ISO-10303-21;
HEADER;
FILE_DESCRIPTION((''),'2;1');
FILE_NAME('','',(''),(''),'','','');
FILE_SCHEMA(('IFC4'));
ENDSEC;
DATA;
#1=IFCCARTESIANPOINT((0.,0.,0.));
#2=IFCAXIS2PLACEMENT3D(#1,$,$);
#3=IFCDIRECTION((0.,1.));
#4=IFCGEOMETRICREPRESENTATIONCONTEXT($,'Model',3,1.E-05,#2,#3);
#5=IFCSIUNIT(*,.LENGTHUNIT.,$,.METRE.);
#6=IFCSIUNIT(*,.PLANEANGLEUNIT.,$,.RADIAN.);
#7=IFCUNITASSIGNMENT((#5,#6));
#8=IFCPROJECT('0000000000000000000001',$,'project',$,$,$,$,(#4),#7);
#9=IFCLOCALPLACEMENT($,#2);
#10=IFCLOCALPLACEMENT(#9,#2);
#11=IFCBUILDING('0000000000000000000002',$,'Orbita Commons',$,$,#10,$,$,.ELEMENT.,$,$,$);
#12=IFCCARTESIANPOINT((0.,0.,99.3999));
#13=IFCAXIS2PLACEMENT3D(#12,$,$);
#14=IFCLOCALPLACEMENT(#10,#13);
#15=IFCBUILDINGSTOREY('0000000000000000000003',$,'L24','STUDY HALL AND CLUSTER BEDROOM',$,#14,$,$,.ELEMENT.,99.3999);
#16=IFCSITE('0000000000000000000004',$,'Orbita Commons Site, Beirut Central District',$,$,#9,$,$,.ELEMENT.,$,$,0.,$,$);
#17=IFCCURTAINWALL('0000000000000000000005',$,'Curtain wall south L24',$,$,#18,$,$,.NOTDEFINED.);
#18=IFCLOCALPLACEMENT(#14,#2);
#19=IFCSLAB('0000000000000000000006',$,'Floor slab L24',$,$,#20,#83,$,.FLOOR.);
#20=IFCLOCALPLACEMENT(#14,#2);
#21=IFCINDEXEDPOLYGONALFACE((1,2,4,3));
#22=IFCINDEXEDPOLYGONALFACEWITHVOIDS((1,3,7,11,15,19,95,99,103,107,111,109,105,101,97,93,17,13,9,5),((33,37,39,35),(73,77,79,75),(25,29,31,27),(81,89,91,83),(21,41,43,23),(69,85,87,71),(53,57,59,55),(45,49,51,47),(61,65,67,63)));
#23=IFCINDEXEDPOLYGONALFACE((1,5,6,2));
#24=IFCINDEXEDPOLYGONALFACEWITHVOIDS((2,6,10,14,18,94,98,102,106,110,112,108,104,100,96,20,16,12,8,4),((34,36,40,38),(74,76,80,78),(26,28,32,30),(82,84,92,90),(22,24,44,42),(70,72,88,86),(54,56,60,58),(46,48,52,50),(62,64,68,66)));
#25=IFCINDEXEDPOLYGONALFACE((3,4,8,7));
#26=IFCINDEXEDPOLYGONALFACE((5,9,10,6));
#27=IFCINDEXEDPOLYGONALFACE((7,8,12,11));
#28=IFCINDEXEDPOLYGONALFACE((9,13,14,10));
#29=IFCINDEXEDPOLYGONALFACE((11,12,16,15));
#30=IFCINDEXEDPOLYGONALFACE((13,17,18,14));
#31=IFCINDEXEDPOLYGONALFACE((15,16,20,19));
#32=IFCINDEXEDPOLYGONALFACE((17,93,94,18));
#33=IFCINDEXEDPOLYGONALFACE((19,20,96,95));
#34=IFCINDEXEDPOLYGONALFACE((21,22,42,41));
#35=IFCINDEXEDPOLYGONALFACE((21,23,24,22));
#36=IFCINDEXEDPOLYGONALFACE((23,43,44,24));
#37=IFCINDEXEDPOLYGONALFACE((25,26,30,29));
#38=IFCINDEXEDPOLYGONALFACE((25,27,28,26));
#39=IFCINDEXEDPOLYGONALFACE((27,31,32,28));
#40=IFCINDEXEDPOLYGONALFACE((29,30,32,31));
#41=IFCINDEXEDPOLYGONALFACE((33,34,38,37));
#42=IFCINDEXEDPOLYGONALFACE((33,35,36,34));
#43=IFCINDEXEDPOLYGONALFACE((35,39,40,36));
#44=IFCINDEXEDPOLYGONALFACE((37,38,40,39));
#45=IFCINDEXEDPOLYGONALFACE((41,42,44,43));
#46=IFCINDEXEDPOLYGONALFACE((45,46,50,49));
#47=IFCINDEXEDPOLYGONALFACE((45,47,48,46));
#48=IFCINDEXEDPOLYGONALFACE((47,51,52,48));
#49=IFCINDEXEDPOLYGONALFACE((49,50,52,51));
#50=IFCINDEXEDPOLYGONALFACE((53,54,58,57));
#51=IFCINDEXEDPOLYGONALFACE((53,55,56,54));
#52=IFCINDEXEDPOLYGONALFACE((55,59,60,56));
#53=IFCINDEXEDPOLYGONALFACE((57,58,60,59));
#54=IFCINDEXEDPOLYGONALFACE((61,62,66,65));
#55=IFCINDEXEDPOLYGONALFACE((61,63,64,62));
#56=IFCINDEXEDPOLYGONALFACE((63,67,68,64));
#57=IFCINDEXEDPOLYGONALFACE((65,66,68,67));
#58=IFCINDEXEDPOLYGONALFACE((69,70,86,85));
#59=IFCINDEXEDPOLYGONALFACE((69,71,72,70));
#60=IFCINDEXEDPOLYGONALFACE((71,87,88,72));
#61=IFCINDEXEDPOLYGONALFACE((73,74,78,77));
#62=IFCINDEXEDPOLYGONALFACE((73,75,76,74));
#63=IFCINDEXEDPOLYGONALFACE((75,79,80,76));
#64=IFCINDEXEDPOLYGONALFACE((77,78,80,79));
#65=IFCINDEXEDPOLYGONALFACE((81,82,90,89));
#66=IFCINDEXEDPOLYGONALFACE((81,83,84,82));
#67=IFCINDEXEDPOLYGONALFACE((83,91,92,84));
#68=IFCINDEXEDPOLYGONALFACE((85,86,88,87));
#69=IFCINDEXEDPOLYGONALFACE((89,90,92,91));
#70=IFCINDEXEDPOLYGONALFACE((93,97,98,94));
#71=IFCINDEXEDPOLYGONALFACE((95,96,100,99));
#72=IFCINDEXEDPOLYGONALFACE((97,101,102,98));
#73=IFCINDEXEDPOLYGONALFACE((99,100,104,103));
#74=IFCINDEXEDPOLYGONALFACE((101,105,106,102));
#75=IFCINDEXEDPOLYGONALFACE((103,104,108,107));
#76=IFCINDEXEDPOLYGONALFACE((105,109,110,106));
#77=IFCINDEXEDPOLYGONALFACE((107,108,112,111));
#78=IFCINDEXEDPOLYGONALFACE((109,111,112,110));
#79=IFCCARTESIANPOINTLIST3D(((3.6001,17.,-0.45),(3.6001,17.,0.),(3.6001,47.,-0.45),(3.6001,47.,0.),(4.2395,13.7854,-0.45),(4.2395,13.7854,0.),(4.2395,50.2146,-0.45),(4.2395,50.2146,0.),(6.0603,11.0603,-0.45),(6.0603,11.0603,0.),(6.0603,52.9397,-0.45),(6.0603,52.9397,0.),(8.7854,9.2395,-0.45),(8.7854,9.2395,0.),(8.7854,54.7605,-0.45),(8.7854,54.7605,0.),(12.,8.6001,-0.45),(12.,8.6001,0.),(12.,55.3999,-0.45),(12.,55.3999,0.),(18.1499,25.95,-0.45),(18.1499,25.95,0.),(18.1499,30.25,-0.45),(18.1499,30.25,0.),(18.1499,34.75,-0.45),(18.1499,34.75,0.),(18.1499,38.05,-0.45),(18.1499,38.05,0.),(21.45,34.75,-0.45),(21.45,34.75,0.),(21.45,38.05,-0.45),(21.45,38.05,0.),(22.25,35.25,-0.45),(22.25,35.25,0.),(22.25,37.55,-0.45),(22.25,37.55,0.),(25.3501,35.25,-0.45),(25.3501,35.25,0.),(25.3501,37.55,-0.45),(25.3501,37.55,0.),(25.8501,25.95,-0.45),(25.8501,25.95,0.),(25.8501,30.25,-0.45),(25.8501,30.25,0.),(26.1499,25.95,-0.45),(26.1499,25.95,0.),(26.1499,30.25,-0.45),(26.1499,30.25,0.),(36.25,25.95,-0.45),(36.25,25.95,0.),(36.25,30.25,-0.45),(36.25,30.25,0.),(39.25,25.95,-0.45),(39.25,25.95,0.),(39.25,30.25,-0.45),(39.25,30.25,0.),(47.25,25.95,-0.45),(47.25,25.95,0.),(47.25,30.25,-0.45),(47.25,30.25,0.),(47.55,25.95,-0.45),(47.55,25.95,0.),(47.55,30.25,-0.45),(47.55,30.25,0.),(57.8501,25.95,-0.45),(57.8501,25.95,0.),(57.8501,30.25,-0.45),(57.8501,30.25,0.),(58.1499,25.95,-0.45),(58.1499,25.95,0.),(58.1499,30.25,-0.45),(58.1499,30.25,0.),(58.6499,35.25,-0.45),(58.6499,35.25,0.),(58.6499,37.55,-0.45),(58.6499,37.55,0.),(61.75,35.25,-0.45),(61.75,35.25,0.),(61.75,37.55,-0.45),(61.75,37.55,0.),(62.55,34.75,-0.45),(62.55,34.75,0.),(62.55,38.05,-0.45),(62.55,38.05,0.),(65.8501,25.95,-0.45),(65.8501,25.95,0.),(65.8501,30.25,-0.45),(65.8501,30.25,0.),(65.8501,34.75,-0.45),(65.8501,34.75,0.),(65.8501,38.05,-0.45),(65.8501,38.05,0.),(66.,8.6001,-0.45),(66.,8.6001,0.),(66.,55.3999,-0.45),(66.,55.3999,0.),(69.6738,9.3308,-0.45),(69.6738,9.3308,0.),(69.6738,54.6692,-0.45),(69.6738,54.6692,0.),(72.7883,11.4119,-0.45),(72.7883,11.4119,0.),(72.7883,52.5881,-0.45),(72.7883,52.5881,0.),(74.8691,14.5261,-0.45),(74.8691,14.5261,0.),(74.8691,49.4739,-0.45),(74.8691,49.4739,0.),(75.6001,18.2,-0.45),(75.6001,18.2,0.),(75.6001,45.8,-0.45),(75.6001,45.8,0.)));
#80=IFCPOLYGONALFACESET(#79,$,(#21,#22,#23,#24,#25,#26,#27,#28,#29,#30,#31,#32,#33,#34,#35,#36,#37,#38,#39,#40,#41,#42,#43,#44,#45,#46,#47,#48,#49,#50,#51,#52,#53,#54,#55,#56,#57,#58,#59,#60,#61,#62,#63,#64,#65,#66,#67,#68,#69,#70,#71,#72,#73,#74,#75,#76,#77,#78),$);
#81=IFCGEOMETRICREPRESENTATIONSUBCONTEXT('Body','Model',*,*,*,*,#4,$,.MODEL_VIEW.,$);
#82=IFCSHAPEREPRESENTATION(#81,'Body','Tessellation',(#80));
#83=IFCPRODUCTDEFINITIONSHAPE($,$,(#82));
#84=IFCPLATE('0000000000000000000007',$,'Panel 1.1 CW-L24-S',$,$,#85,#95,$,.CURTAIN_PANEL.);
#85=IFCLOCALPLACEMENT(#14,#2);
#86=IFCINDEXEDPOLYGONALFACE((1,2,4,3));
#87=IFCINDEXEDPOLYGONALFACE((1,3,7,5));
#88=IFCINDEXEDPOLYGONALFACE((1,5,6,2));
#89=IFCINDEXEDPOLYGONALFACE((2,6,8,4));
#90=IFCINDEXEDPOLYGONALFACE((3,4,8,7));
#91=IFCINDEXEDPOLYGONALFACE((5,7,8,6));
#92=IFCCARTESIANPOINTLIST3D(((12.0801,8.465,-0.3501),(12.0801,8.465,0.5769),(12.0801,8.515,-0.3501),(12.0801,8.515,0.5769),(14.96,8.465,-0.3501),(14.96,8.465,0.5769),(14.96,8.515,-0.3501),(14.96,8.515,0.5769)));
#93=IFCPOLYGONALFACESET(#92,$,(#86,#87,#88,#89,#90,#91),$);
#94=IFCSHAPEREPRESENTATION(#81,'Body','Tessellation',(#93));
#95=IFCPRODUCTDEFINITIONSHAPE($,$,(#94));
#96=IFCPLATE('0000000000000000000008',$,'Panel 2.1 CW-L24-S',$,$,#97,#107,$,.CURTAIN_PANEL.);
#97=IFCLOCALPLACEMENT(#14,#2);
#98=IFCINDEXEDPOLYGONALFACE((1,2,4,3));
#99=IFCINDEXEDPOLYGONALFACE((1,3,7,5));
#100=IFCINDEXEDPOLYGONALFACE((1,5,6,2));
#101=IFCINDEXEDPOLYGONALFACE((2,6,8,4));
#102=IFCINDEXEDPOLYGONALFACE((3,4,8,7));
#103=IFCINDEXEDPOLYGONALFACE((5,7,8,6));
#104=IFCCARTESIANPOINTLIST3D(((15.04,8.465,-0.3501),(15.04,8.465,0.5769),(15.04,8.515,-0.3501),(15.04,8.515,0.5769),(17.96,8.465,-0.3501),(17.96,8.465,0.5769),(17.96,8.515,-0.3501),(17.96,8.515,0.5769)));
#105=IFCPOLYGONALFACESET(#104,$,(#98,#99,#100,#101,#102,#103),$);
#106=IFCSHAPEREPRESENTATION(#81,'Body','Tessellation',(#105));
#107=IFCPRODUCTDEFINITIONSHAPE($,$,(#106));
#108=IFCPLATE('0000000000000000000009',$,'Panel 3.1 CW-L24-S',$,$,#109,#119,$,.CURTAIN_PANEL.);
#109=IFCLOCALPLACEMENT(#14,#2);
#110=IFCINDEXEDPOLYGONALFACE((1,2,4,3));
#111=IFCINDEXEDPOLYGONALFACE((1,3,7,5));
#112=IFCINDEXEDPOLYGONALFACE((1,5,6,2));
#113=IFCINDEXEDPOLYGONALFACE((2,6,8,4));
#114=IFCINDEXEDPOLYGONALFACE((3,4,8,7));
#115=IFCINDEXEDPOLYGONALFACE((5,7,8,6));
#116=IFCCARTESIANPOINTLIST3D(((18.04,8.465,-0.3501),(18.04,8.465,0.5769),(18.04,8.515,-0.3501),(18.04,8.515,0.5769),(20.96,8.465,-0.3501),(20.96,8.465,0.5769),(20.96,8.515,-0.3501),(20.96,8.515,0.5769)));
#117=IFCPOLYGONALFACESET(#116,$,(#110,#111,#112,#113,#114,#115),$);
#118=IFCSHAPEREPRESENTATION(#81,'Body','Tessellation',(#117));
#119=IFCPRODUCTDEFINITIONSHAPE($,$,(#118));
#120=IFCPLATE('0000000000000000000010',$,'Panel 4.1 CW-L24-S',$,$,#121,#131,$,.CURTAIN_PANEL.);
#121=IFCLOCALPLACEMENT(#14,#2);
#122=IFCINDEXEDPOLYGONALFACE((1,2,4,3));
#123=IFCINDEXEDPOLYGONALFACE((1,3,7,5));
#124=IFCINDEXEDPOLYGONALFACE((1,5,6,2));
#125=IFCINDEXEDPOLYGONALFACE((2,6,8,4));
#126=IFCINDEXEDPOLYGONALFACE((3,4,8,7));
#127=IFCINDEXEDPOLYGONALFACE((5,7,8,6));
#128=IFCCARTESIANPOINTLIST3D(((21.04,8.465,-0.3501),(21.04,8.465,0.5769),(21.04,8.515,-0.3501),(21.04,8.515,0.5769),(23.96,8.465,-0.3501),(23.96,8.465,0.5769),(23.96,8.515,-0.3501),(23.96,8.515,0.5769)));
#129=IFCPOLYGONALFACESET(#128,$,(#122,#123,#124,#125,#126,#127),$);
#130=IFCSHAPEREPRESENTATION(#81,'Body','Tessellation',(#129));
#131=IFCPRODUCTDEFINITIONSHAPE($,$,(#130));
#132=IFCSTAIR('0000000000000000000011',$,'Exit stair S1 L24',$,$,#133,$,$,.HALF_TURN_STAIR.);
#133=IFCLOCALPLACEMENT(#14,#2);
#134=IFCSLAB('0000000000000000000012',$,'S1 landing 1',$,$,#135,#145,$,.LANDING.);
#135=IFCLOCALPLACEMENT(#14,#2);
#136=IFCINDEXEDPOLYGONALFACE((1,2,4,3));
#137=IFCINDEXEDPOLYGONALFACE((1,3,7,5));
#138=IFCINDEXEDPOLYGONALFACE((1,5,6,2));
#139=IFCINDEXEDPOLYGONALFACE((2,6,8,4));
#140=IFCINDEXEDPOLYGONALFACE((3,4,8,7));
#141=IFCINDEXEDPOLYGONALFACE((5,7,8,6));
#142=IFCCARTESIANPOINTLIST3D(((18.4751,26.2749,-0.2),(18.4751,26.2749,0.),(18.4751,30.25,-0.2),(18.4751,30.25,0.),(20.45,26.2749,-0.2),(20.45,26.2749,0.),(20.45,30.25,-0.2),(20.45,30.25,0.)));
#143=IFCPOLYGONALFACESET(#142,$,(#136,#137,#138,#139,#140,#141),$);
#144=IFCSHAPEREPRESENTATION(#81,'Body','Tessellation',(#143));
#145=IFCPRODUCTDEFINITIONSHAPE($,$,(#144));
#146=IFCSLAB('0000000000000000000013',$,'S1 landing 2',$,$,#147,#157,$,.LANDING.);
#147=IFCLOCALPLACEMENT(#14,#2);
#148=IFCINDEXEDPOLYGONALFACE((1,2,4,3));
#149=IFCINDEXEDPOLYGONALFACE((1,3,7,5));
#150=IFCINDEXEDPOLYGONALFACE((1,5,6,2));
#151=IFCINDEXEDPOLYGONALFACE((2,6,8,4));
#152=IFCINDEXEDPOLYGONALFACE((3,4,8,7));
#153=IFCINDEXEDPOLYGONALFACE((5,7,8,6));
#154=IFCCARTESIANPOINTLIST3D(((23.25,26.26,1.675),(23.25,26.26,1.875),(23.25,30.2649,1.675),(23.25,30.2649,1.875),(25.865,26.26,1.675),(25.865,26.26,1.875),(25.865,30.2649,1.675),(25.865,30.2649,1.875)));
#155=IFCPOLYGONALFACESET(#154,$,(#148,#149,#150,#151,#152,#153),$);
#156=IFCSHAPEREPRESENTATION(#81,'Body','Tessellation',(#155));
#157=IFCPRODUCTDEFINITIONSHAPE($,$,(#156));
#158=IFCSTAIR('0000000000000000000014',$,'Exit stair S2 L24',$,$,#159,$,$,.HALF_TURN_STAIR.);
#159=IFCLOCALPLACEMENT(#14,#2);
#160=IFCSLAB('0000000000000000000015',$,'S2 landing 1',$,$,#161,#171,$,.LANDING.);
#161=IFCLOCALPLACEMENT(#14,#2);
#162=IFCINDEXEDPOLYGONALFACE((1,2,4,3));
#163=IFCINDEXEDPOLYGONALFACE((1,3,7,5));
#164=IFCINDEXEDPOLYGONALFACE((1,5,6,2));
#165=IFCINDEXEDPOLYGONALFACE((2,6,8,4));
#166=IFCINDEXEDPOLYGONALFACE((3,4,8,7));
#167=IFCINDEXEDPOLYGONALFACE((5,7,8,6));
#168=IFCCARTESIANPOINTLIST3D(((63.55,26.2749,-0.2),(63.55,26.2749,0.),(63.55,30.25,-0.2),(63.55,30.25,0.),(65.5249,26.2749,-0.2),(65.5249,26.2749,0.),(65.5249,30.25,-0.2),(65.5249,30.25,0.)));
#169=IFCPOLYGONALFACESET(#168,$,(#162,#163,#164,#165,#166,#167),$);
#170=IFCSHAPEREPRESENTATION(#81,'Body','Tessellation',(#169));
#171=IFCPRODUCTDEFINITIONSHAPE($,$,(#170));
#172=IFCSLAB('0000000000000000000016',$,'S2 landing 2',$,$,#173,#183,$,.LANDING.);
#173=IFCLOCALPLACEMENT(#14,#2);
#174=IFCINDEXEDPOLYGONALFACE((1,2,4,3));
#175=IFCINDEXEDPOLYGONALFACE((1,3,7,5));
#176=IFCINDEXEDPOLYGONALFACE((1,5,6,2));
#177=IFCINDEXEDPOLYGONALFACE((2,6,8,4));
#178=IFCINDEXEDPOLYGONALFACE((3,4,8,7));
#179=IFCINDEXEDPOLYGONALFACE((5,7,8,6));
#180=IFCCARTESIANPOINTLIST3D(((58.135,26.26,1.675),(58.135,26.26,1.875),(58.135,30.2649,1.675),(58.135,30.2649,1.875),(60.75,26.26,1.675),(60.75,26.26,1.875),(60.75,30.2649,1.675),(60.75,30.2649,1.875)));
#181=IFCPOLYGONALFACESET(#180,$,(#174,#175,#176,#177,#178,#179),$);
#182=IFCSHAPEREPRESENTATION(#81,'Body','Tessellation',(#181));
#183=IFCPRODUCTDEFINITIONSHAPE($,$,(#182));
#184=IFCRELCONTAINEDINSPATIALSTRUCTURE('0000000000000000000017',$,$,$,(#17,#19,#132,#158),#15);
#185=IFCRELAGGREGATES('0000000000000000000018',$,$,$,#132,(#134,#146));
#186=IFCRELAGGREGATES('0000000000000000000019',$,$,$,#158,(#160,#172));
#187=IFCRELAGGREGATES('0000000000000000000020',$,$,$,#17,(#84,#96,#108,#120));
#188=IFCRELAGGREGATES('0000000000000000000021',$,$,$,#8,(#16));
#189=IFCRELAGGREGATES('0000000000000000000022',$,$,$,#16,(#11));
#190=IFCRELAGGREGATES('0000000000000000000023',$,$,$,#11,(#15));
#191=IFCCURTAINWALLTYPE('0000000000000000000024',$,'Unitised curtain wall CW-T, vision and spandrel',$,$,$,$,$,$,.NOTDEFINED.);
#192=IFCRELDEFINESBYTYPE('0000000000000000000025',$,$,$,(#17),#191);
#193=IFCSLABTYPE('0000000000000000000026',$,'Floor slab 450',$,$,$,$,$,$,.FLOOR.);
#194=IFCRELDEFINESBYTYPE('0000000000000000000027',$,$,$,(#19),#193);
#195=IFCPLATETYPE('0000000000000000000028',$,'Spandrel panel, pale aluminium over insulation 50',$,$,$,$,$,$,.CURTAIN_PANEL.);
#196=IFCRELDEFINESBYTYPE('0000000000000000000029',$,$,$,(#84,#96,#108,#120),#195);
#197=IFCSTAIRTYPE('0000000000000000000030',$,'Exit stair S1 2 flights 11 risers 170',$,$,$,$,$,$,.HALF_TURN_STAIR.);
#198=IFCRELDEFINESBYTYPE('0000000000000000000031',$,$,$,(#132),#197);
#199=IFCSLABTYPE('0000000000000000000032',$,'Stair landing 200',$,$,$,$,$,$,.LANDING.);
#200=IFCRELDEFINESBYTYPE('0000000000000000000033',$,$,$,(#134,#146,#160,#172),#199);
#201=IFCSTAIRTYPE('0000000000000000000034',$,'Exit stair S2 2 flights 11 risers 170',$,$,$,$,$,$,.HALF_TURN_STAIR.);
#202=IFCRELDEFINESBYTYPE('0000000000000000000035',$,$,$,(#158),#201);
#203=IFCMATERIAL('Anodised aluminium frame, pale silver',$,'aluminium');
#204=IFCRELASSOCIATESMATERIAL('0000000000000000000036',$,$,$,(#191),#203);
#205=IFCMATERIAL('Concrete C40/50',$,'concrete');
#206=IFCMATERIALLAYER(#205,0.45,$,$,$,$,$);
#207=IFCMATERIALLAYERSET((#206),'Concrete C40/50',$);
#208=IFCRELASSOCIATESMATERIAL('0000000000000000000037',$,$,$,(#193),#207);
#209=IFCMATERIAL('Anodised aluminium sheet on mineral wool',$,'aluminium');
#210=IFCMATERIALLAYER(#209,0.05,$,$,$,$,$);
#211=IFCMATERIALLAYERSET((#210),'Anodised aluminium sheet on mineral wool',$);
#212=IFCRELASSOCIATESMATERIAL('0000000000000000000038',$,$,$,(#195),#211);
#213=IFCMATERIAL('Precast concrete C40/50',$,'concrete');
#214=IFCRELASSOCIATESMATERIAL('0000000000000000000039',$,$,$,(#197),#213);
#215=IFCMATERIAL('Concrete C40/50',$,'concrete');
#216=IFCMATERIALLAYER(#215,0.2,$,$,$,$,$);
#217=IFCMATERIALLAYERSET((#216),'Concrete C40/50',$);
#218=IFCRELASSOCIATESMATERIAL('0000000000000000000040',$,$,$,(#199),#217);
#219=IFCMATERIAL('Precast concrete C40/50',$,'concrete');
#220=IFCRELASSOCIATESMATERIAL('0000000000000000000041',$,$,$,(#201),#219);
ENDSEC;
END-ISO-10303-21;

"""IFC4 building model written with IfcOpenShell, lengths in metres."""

from ifc_helpers import new_model, si_unit, direction, frame, origin, origin_2d, place, context, subcontext, project, spatial, polyline, rectangle, outline, extrude, material, layer, layer_set, type_object, element, aggregate, save


model = new_model("IFC4")

# Units and contexts
model_context = context("Model", 3, precision=1e-05, world=origin(), true_north=direction((0.0, 1.0)))
body_context = subcontext(model_context, "Body", "Model", "MODEL_VIEW")
ifc_project = project(units=[si_unit("LENGTHUNIT", "METRE"), si_unit("PLANEANGLEUNIT", "RADIAN")], contexts=[model_context])

# Site, building, storey
site_placement = place(None, origin())
site = spatial("IfcSite", under=ifc_project, at=site_placement, Name="Orbita Commons Site, Beirut Central District", CompositionType="ELEMENT", RefElevation=0.0)
building_placement = place(site_placement, origin())
building = spatial("IfcBuilding", under=site, at=building_placement, Name="Orbita Commons", CompositionType="ELEMENT")
storey_placement = place(building_placement, frame((0.0, 0.0, 99.3999)))
storey = spatial("IfcBuildingStorey", under=building, at=storey_placement, Name="L24", Description="STUDY HALL AND CLUSTER BEDROOM", CompositionType="ELEMENT", Elevation=99.3999)

# Curtain wall
ifc_material_1 = material(Name="Anodised aluminium frame, pale silver", Category="aluminium")
curtain_wall_type = type_object("IfcCurtainWallType", Name="Unitised curtain wall CW-T, vision and spandrel", PredefinedType="NOTDEFINED", material=ifc_material_1)
curtain_wall_placement = place(storey_placement, origin())
curtain_wall = element("IfcCurtainWall", 1, at=curtain_wall_placement, inside=storey, type_object=curtain_wall_type, Name="Curtain wall south L24", PredefinedType="NOTDEFINED")

# Slab
ifc_material_2 = material(Name="Concrete C40/50", Category="concrete")
ifc_layer_1 = layer(ifc_material_2, 0.45)
ifc_layer_set_1 = layer_set([ifc_layer_1], Name="Concrete C40/50")
slab_type_1 = type_object("IfcSlabType", Name="Floor slab 450", PredefinedType="FLOOR", material=ifc_layer_set_1)
slab_1_placement = place(storey_placement, frame((0.0, 0.0, -0.45)))
element("IfcSlab", 2, at=slab_1_placement, inside=storey, type_object=slab_type_1, Name="Floor slab L24", PredefinedType="FLOOR", context=body_context, shape_type="SweptSolid", body=[
    extrude(outline(polyline([(66.0, 8.6001), (69.6738, 9.3308), (72.7883, 11.4119), (74.8691, 14.5261), (75.6001, 18.2), (75.6001, 45.8), (74.8691, 49.4739), (72.7883, 52.5881), (69.6738, 54.6692), (66.0, 55.3999), (12.0, 55.3999), (8.7854, 54.7605), (6.0603, 52.9397), (4.2395, 50.2146), (3.6001, 47.0), (3.6001, 17.0), (4.2395, 13.7854), (6.0603, 11.0603), (8.7854, 9.2395), (12.0, 8.6001), (66.0, 8.6001)]), holes=[polyline([(18.1499, 25.95), (25.8501, 25.95), (25.8501, 30.25), (18.1499, 30.25), (18.1499, 25.95)]), polyline([(58.1499, 25.95), (65.8501, 25.95), (65.8501, 30.25), (58.1499, 30.25), (58.1499, 25.95)]), polyline([(18.1499, 34.75), (21.45, 34.75), (21.45, 38.05), (18.1499, 38.05), (18.1499, 34.75)]), polyline([(62.55, 34.75), (65.8501, 34.75), (65.8501, 38.05), (62.55, 38.05), (62.55, 34.75)]), polyline([(22.25, 35.25), (25.3501, 35.25), (25.3501, 37.55), (22.25, 37.55), (22.25, 35.25)]), polyline([(58.6499, 35.25), (61.75, 35.25), (61.75, 37.55), (58.6499, 37.55), (58.6499, 35.25)]), polyline([(26.1499, 25.95), (36.25, 25.95), (36.25, 30.25), (26.1499, 30.25), (26.1499, 25.95)]), polyline([(39.25, 25.95), (47.25, 25.95), (47.25, 30.25), (39.25, 30.25), (39.25, 25.95)]), polyline([(47.55, 25.95), (57.8501, 25.95), (57.8501, 30.25), (47.55, 30.25), (47.55, 25.95)])]), origin(), (0.0, 0.0, 1.0), 0.45),
])

# Plates
ifc_material_3 = material(Name="Anodised aluminium sheet on mineral wool", Category="aluminium")
ifc_layer_2 = layer(ifc_material_3, 0.05)
ifc_layer_set_2 = layer_set([ifc_layer_2], Name="Anodised aluminium sheet on mineral wool")
plate_type_1 = type_object("IfcPlateType", Name="Spandrel panel, pale aluminium over insulation 50", PredefinedType="CURTAIN_PANEL", material=ifc_layer_set_2)
plate_1_placement = place(storey_placement, frame((13.52, 8.49, -0.3501), z_axis=(0.0, 0.0, 1.0), x_axis=(1.0, 0.0, 0.0)))
plate_1 = element("IfcPlate", 3, at=plate_1_placement, type_object=plate_type_1, Name="Panel 1.1 CW-L24-S", PredefinedType="CURTAIN_PANEL", context=body_context, shape_type="SweptSolid", body=[
    extrude(rectangle(XDim=2.8799, YDim=0.05, at=origin_2d()), origin(), (0.0, 0.0, 1.0), 0.927),
])
plate_2_placement = place(storey_placement, frame((16.5, 8.49, -0.3501), z_axis=(0.0, 0.0, 1.0), x_axis=(1.0, 0.0, 0.0)))
plate_2 = element("IfcPlate", 4, at=plate_2_placement, type_object=plate_type_1, Name="Panel 2.1 CW-L24-S", PredefinedType="CURTAIN_PANEL", context=body_context, shape_type="SweptSolid", body=[
    extrude(rectangle(XDim=2.9199, YDim=0.05, at=origin_2d()), origin(), (0.0, 0.0, 1.0), 0.927),
])
plate_3_placement = place(storey_placement, frame((19.5, 8.49, -0.3501), z_axis=(0.0, 0.0, 1.0), x_axis=(1.0, 0.0, 0.0)))
plate_3 = element("IfcPlate", 5, at=plate_3_placement, type_object=plate_type_1, Name="Panel 3.1 CW-L24-S", PredefinedType="CURTAIN_PANEL", context=body_context, shape_type="SweptSolid", body=[
    extrude(rectangle(XDim=2.9199, YDim=0.05, at=origin_2d()), origin(), (0.0, 0.0, 1.0), 0.927),
])
plate_4_placement = place(storey_placement, frame((22.5, 8.49, -0.3501), z_axis=(0.0, 0.0, 1.0), x_axis=(1.0, 0.0, 0.0)))
plate_4 = element("IfcPlate", 6, at=plate_4_placement, type_object=plate_type_1, Name="Panel 4.1 CW-L24-S", PredefinedType="CURTAIN_PANEL", context=body_context, shape_type="SweptSolid", body=[
    extrude(rectangle(XDim=2.9199, YDim=0.05, at=origin_2d()), origin(), (0.0, 0.0, 1.0), 0.927),
])

# Stairs, slabs
ifc_material_4 = material(Name="Precast concrete C40/50", Category="concrete")
stair_type_1 = type_object("IfcStairType", Name="Exit stair S1 2 flights 11 risers 170", PredefinedType="HALF_TURN_STAIR", material=ifc_material_4)
stair_1_placement = place(storey_placement, origin())
stair_1 = element("IfcStair", 7, at=stair_1_placement, inside=storey, type_object=stair_type_1, Name="Exit stair S1 L24", PredefinedType="HALF_TURN_STAIR")
ifc_material_5 = material(Name="Concrete C40/50", Category="concrete")
ifc_layer_3 = layer(ifc_material_5, 0.2)
ifc_layer_set_3 = layer_set([ifc_layer_3], Name="Concrete C40/50")
slab_type_2 = type_object("IfcSlabType", Name="Stair landing 200", PredefinedType="LANDING", material=ifc_layer_set_3)
slab_2_placement = place(storey_placement, frame((0.0, 0.0, -0.2)))
slab_2 = element("IfcSlab", 8, at=slab_2_placement, type_object=slab_type_2, Name="S1 landing 1", PredefinedType="LANDING", context=body_context, shape_type="SweptSolid", body=[
    extrude(outline(polyline([(18.4751, 26.2749), (20.45, 26.2749), (20.45, 30.25), (18.4751, 30.25), (18.4751, 26.2749)])), origin(), (0.0, 0.0, 1.0), 0.2),
])
slab_3_placement = place(storey_placement, frame((0.0, 0.0, 1.675)))
slab_3 = element("IfcSlab", 9, at=slab_3_placement, type_object=slab_type_2, Name="S1 landing 2", PredefinedType="LANDING", context=body_context, shape_type="SweptSolid", body=[
    extrude(outline(polyline([(23.25, 26.26), (25.865, 26.26), (25.865, 30.2649), (23.25, 30.2649), (23.25, 26.26)])), origin(), (0.0, 0.0, 1.0), 0.2),
])
aggregate(stair_1, [slab_2, slab_3])
ifc_material_6 = material(Name="Precast concrete C40/50", Category="concrete")
stair_type_2 = type_object("IfcStairType", Name="Exit stair S2 2 flights 11 risers 170", PredefinedType="HALF_TURN_STAIR", material=ifc_material_6)
stair_2_placement = place(storey_placement, origin())
stair_2 = element("IfcStair", 10, at=stair_2_placement, inside=storey, type_object=stair_type_2, Name="Exit stair S2 L24", PredefinedType="HALF_TURN_STAIR")
slab_4_placement = place(storey_placement, frame((0.0, 0.0, -0.2)))
slab_4 = element("IfcSlab", 11, at=slab_4_placement, type_object=slab_type_2, Name="S2 landing 1", PredefinedType="LANDING", context=body_context, shape_type="SweptSolid", body=[
    extrude(outline(polyline([(63.55, 26.2749), (65.5249, 26.2749), (65.5249, 30.25), (63.55, 30.25), (63.55, 26.2749)])), origin(), (0.0, 0.0, 1.0), 0.2),
])
slab_5_placement = place(storey_placement, frame((0.0, 0.0, 1.675)))
slab_5 = element("IfcSlab", 12, at=slab_5_placement, type_object=slab_type_2, Name="S2 landing 2", PredefinedType="LANDING", context=body_context, shape_type="SweptSolid", body=[
    extrude(outline(polyline([(58.135, 26.26), (60.75, 26.26), (60.75, 30.2649), (58.135, 30.2649), (58.135, 26.26)])), origin(), (0.0, 0.0, 1.0), 0.2),
])
aggregate(stair_2, [slab_4, slab_5])

aggregate(curtain_wall, [plate_1, plate_2, plate_3, plate_4])

save(model, "model.ifc")
